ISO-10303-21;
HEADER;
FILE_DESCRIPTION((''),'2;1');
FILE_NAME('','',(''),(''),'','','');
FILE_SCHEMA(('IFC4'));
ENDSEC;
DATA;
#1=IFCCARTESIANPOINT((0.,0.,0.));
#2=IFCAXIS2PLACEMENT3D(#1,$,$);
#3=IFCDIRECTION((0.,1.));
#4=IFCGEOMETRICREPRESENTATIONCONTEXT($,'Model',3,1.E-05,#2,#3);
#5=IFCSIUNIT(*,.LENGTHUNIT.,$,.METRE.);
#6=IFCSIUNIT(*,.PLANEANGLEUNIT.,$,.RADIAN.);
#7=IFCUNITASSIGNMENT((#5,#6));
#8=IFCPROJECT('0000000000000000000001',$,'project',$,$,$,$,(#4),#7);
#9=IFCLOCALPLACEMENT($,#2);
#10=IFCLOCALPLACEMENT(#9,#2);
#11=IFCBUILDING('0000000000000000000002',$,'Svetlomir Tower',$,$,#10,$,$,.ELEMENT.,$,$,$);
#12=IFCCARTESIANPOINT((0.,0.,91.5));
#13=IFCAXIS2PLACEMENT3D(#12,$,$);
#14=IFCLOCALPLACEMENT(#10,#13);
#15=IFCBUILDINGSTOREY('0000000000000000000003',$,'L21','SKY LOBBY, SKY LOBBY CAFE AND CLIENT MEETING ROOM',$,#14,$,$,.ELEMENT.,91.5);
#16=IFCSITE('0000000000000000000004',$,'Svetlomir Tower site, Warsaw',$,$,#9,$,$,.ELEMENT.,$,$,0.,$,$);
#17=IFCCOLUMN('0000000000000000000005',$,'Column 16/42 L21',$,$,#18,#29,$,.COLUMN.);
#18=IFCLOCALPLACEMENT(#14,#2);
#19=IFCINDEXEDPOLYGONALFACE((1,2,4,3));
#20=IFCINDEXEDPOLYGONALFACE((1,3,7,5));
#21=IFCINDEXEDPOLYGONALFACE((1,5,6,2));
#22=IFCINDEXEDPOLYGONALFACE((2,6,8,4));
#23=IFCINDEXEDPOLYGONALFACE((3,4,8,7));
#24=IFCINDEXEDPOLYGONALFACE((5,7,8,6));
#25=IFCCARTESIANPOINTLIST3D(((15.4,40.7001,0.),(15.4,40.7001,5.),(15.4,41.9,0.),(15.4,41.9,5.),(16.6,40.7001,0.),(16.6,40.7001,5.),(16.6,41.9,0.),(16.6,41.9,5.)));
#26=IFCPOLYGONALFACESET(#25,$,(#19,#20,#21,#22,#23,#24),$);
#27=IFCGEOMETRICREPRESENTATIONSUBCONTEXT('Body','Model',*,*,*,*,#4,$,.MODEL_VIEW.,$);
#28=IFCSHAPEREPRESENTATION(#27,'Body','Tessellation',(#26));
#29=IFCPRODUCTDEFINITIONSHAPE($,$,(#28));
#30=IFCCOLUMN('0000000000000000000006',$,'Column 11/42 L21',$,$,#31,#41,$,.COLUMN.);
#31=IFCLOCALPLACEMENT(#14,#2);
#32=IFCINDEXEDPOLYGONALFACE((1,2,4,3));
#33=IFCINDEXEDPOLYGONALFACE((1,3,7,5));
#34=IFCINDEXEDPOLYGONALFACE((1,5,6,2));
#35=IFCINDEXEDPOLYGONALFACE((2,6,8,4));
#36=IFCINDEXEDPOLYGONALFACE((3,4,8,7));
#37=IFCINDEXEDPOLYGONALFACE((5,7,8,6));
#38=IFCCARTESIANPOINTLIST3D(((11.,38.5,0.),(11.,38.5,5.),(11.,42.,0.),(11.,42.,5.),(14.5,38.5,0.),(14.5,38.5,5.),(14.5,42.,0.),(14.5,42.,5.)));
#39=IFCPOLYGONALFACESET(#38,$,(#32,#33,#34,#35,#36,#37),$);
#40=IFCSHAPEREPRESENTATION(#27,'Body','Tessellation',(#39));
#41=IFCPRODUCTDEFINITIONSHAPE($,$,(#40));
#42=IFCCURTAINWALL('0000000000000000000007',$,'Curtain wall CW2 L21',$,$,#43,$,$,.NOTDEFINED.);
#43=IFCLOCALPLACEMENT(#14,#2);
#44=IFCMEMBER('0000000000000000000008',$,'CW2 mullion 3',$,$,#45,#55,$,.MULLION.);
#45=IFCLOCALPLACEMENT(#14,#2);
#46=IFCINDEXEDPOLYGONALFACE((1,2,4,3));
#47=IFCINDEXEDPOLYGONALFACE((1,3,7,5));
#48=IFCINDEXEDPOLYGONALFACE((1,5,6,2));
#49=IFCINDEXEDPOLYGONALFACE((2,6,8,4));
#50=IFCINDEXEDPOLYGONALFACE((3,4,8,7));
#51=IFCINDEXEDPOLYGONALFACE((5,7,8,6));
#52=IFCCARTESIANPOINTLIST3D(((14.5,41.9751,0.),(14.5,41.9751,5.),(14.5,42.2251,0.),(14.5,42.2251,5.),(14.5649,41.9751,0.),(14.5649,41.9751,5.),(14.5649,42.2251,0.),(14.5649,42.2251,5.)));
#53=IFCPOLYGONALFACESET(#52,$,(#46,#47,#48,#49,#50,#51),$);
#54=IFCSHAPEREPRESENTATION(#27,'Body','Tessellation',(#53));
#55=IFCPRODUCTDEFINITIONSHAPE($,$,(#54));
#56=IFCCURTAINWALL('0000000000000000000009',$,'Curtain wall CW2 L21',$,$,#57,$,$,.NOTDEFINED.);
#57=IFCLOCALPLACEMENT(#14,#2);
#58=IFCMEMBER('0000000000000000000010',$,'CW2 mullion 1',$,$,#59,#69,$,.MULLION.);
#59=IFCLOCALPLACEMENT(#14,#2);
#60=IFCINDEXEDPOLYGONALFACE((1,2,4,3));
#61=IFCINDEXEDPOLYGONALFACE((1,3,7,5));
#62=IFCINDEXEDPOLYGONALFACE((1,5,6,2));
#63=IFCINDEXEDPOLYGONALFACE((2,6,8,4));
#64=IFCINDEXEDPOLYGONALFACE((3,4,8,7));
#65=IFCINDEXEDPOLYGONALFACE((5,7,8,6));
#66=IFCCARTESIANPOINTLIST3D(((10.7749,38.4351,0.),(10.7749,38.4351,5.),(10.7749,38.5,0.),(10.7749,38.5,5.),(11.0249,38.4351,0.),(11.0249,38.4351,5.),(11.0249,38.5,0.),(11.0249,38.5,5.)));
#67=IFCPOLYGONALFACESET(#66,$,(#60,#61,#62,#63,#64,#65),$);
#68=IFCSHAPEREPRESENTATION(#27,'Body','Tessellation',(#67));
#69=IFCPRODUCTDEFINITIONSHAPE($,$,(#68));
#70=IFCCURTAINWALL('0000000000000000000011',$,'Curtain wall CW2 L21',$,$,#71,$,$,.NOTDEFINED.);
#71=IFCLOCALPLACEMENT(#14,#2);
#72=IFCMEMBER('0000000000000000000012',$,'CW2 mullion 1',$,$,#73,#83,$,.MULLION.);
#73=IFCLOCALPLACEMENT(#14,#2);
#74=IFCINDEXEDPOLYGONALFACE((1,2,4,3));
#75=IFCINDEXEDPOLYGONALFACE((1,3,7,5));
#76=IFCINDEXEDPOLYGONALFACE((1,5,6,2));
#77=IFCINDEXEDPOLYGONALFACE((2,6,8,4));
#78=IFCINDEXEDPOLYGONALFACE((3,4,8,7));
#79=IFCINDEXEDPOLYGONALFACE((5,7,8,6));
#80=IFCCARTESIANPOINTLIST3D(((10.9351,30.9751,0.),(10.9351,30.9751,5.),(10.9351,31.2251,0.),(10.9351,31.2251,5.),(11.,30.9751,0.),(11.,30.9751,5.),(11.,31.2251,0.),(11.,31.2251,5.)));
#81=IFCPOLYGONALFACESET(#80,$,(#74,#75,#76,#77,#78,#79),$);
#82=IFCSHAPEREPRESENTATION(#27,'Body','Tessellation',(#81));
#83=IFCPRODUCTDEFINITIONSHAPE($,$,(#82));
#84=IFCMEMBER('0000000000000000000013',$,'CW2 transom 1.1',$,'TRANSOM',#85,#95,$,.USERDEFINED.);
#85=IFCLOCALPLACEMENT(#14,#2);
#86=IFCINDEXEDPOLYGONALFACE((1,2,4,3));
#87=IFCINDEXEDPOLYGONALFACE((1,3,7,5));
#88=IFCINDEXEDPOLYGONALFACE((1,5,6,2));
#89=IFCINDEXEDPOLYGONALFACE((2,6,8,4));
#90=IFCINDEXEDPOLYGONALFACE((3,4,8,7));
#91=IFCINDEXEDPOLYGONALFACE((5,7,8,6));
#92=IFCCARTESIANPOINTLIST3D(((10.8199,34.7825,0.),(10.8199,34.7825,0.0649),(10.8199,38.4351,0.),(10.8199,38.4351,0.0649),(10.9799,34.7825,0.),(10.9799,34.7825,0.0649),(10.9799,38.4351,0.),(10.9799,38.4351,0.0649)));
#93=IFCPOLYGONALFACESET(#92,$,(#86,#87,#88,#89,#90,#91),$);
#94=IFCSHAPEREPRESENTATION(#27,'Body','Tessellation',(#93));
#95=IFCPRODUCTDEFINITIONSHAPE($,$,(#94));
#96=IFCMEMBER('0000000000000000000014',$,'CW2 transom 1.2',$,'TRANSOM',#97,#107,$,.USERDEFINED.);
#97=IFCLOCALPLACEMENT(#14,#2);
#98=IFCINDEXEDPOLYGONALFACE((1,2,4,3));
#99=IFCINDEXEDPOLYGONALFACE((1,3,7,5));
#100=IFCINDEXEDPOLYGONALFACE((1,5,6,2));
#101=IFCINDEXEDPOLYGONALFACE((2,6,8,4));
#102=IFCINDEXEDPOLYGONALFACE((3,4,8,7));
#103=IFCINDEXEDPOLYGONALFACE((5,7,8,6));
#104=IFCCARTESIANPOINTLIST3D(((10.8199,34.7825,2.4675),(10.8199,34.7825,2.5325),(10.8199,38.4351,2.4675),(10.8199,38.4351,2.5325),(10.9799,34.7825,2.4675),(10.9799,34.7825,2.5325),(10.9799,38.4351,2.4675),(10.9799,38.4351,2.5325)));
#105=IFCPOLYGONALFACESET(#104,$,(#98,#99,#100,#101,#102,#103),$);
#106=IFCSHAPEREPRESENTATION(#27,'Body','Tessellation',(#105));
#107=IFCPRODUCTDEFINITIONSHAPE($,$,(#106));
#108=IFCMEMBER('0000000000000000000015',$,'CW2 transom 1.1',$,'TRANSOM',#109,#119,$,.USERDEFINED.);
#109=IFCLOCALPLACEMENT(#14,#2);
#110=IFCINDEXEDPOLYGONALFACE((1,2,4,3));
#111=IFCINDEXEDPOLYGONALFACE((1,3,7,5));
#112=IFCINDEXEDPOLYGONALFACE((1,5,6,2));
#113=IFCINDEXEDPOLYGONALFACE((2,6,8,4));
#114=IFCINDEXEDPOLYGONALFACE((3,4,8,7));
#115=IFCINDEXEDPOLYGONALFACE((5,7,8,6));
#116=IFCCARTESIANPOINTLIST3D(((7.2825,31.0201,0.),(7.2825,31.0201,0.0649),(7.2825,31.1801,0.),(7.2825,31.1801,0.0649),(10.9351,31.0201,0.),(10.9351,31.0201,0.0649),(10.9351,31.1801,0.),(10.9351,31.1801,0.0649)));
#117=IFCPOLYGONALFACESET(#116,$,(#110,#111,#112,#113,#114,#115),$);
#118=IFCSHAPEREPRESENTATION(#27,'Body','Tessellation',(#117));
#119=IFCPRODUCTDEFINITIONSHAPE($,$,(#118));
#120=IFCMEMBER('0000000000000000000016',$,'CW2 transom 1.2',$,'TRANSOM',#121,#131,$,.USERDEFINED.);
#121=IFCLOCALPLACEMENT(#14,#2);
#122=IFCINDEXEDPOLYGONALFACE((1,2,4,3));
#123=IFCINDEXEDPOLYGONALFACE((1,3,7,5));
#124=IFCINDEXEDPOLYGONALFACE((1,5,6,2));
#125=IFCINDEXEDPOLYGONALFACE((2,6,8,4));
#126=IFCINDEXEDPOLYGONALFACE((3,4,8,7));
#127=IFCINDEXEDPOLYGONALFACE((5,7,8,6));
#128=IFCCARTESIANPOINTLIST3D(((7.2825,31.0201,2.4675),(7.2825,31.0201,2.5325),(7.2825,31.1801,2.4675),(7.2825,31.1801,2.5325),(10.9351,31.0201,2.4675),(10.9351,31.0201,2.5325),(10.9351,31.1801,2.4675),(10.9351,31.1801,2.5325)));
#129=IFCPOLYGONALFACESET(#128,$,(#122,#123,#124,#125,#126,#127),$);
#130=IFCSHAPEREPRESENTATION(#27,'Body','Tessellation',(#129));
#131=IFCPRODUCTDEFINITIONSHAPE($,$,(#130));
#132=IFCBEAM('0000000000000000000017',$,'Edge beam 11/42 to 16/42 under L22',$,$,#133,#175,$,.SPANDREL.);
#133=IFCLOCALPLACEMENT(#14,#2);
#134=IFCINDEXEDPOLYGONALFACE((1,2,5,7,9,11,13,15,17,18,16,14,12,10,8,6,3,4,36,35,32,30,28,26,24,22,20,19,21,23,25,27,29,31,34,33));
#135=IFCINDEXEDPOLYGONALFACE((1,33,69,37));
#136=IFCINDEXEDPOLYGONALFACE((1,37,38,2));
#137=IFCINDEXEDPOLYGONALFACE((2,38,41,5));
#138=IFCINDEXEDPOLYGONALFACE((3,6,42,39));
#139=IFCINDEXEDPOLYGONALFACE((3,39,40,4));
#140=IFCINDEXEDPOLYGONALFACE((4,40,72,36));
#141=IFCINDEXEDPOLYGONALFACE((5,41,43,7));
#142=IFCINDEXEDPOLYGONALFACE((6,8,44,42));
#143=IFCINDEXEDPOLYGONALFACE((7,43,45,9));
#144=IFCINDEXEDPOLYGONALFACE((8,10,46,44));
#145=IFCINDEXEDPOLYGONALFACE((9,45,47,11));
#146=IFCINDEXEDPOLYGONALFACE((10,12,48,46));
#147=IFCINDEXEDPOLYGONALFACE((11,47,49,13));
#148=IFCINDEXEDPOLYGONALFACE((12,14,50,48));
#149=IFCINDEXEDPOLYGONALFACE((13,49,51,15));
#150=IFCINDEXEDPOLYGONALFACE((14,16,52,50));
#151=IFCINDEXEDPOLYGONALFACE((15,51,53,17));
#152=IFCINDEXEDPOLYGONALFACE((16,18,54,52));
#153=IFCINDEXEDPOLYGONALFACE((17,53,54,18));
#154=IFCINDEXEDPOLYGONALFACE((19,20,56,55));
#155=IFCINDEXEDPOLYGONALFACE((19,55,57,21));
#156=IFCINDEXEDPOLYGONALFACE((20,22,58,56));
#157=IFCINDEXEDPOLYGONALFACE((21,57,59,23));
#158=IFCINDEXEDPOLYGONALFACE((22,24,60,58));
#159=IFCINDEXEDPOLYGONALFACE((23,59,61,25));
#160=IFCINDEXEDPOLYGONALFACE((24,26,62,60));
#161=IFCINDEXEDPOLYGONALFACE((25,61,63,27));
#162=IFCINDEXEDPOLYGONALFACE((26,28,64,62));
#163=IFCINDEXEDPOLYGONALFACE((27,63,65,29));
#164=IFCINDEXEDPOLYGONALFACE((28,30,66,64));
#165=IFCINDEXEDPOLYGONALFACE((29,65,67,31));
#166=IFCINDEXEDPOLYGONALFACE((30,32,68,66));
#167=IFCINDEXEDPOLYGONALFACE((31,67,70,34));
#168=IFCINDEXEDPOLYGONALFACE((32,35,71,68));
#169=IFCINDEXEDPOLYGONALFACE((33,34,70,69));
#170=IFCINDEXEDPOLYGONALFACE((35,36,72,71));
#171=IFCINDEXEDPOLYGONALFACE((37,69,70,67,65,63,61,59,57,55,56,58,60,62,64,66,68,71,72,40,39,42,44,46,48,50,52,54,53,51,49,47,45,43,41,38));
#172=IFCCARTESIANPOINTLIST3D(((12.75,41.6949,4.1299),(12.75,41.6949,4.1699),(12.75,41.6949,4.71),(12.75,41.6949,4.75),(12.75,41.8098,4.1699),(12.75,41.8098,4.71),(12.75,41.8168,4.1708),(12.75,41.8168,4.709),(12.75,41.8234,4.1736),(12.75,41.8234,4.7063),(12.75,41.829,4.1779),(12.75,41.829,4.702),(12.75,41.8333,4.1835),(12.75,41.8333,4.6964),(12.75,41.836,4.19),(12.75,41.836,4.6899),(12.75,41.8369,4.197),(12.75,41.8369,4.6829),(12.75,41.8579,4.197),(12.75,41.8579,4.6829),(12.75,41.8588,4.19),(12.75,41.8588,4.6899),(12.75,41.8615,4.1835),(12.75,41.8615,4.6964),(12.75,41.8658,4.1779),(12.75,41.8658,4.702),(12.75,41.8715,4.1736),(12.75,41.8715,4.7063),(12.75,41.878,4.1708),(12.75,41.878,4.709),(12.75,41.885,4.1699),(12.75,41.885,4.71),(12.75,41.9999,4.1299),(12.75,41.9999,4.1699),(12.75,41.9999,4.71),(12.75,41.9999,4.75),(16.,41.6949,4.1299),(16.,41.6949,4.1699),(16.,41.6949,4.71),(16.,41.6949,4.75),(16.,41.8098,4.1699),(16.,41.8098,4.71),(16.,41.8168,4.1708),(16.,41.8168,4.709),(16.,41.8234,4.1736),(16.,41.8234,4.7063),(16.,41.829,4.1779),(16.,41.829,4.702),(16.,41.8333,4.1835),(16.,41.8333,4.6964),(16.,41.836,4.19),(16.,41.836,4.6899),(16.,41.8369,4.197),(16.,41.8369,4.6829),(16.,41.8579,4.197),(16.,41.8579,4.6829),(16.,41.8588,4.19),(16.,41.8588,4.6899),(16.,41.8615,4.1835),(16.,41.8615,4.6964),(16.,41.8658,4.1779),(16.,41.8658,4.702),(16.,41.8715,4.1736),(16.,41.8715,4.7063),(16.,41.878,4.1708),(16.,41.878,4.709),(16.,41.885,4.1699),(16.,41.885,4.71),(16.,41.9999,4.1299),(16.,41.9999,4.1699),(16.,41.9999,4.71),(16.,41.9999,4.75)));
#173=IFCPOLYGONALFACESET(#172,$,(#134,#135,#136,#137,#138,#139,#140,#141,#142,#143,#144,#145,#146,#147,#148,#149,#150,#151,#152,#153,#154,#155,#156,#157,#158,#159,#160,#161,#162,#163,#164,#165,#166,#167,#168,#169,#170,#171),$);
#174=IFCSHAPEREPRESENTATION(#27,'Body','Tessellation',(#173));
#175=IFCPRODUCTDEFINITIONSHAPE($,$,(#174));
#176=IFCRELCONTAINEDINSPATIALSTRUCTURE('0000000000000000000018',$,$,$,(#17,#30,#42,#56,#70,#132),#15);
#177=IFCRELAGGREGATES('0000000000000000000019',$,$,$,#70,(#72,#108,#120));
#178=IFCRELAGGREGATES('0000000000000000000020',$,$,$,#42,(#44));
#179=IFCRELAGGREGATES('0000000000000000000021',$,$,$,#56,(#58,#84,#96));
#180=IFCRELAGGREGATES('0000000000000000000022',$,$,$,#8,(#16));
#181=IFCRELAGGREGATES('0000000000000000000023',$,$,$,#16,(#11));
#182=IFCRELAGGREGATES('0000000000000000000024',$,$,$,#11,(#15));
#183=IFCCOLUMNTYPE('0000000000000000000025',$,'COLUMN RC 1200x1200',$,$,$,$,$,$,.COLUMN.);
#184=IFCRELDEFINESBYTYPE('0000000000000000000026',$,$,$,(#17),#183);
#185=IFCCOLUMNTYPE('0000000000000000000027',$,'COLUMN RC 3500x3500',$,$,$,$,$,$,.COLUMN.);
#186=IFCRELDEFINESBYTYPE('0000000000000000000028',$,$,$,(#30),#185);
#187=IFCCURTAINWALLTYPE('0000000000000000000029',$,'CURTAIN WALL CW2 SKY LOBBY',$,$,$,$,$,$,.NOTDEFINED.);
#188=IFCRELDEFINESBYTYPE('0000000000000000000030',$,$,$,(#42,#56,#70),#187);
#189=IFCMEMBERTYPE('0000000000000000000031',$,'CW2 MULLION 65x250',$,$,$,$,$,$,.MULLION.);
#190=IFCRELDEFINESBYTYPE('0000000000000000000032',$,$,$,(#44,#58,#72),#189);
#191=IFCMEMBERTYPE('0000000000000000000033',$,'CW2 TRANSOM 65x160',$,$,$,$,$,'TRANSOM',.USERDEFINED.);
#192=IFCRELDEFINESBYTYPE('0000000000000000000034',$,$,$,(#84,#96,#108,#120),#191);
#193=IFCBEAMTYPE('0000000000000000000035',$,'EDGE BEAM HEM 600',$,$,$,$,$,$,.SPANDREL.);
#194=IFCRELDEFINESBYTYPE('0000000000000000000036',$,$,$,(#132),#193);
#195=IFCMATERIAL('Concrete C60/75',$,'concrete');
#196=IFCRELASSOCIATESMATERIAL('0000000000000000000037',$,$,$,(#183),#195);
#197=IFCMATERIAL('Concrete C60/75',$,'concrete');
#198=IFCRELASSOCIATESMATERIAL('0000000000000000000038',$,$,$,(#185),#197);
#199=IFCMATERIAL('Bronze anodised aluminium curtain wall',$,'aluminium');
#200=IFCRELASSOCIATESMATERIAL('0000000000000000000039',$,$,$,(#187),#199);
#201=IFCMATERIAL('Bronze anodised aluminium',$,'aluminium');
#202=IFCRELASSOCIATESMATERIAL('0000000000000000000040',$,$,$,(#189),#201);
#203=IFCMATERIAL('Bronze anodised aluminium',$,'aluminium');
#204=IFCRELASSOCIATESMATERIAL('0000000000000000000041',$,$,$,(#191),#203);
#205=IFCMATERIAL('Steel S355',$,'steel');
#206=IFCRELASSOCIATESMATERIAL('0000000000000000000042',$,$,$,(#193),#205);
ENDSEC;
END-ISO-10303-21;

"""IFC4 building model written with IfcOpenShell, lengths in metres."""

from ifc_helpers import new_model, si_unit, direction, frame, origin, origin_2d, place, context, subcontext, project, spatial, rectangle, i_section, extrude, material, material_profile, profile_set, type_object, element, aggregate, save


model = new_model("IFC4")

# Units and contexts
model_context = context("Model", 3, precision=1e-05, world=origin(), true_north=direction((0.0, 1.0)))
body_context = subcontext(model_context, "Body", "Model", "MODEL_VIEW")
ifc_project = project(units=[si_unit("LENGTHUNIT", "METRE"), si_unit("PLANEANGLEUNIT", "RADIAN")], contexts=[model_context])

# Site, building, storey
site_placement = place(None, origin())
site = spatial("IfcSite", under=ifc_project, at=site_placement, Name="Svetlomir Tower site, Warsaw", CompositionType="ELEMENT", RefElevation=0.0)
building_placement = place(site_placement, origin())
building = spatial("IfcBuilding", under=site, at=building_placement, Name="Svetlomir Tower", CompositionType="ELEMENT")
storey_placement = place(building_placement, frame((0.0, 0.0, 91.5)))
storey = spatial("IfcBuildingStorey", under=building, at=storey_placement, Name="L21", Description="SKY LOBBY, SKY LOBBY CAFE AND CLIENT MEETING ROOM", CompositionType="ELEMENT", Elevation=91.5)

# Columns
ifc_material_1 = material(Name="Concrete C60/75", Category="concrete")
ifc_material_profile_1 = material_profile(ifc_material_1, rectangle(XDim=1.2, YDim=1.2, at=origin_2d()), Name="RC 1200x1200")
ifc_profile_set_1 = profile_set([ifc_material_profile_1], Name="Concrete C60/75")
column_type_1 = type_object("IfcColumnType", Name="COLUMN RC 1200x1200", PredefinedType="COLUMN", material=ifc_profile_set_1)
column_1_placement = place(storey_placement, frame((16.0, 41.3, 0.0), z_axis=(0.0, 0.0, 1.0), x_axis=(1.0, 0.0, 0.0)))
element("IfcColumn", 1, at=column_1_placement, inside=storey, type_object=column_type_1, Name="Column 16/42 L21", PredefinedType="COLUMN", context=body_context, shape_type="SweptSolid", body=[
    extrude(rectangle(XDim=1.2, YDim=1.2, at=origin_2d()), origin(), (0.0, 0.0, 1.0), 5.0),
])
ifc_material_2 = material(Name="Concrete C60/75", Category="concrete")
ifc_material_profile_2 = material_profile(ifc_material_2, rectangle(XDim=3.5, YDim=3.5, at=origin_2d()), Name="RC 3500x3500")
ifc_profile_set_2 = profile_set([ifc_material_profile_2], Name="Concrete C60/75")
column_type_2 = type_object("IfcColumnType", Name="COLUMN RC 3500x3500", PredefinedType="COLUMN", material=ifc_profile_set_2)
column_2_placement = place(storey_placement, frame((12.75, 40.25, 0.0), z_axis=(0.0, 0.0, 1.0), x_axis=(1.0, 0.0, 0.0)))
element("IfcColumn", 2, at=column_2_placement, inside=storey, type_object=column_type_2, Name="Column 11/42 L21", PredefinedType="COLUMN", context=body_context, shape_type="SweptSolid", body=[
    extrude(rectangle(XDim=3.5, YDim=3.5, at=origin_2d()), origin(), (0.0, 0.0, 1.0), 5.0),
])

# Curtain walls, members
ifc_material_3 = material(Name="Bronze anodised aluminium curtain wall", Category="aluminium")
curtain_wall_type = type_object("IfcCurtainWallType", Name="CURTAIN WALL CW2 SKY LOBBY", PredefinedType="NOTDEFINED", material=ifc_material_3)
curtain_wall_1_placement = place(storey_placement, origin())
curtain_wall_1 = element("IfcCurtainWall", 3, at=curtain_wall_1_placement, inside=storey, type_object=curtain_wall_type, Name="Curtain wall CW2 L21", PredefinedType="NOTDEFINED")
ifc_material_4 = material(Name="Bronze anodised aluminium", Category="aluminium")
ifc_material_profile_3 = material_profile(ifc_material_4, rectangle(XDim=0.0649, YDim=0.25, at=origin_2d()), Name="AL 65x250")
ifc_profile_set_3 = profile_set([ifc_material_profile_3], Name="Bronze anodised aluminium 6063-T6")
member_type_1 = type_object("IfcMemberType", Name="CW2 MULLION 65x250", PredefinedType="MULLION", material=ifc_profile_set_3)
member_1_placement = place(storey_placement, frame((14.5325, 42.1001, 0.0), z_axis=(0.0, 0.0, 1.0), x_axis=(-1.0, 0.0, 0.0)))
member_1 = element("IfcMember", 4, at=member_1_placement, type_object=member_type_1, Name="CW2 mullion 3", PredefinedType="MULLION", context=body_context, shape_type="SweptSolid", body=[
    extrude(rectangle(XDim=0.0649, YDim=0.25, at=origin_2d()), origin(), (0.0, 0.0, 1.0), 5.0),
])
curtain_wall_2_placement = place(storey_placement, origin())
curtain_wall_2 = element("IfcCurtainWall", 5, at=curtain_wall_2_placement, inside=storey, type_object=curtain_wall_type, Name="Curtain wall CW2 L21", PredefinedType="NOTDEFINED")
member_2_placement = place(storey_placement, frame((10.8999, 38.4675, 0.0), z_axis=(0.0, 0.0, 1.0), x_axis=(0.0, -1.0, 0.0)))
member_2 = element("IfcMember", 6, at=member_2_placement, type_object=member_type_1, Name="CW2 mullion 1", PredefinedType="MULLION", context=body_context, shape_type="SweptSolid", body=[
    extrude(rectangle(XDim=0.0649, YDim=0.25, at=origin_2d()), origin(), (0.0, 0.0, 1.0), 5.0),
])
curtain_wall_3_placement = place(storey_placement, origin())
curtain_wall_3 = element("IfcCurtainWall", 7, at=curtain_wall_3_placement, inside=storey, type_object=curtain_wall_type, Name="Curtain wall CW2 L21", PredefinedType="NOTDEFINED")
member_3_placement = place(storey_placement, frame((10.9675, 31.1001, 0.0), z_axis=(0.0, 0.0, 1.0), x_axis=(-1.0, 0.0, 0.0)))
member_3 = element("IfcMember", 8, at=member_3_placement, type_object=member_type_1, Name="CW2 mullion 1", PredefinedType="MULLION", context=body_context, shape_type="SweptSolid", body=[
    extrude(rectangle(XDim=0.0649, YDim=0.25, at=origin_2d()), origin(), (0.0, 0.0, 1.0), 5.0),
])

# Members
ifc_material_5 = material(Name="Bronze anodised aluminium", Category="aluminium")
ifc_material_profile_4 = material_profile(ifc_material_5, rectangle(XDim=0.1599, YDim=0.0649, at=origin_2d()), Name="AL 160x65")
ifc_profile_set_4 = profile_set([ifc_material_profile_4], Name="Bronze anodised aluminium 6063-T6")
member_type_2 = type_object("IfcMemberType", Name="CW2 TRANSOM 65x160", ElementType="TRANSOM", PredefinedType="USERDEFINED", material=ifc_profile_set_4)
member_4_placement = place(storey_placement, frame((10.8999, 38.4351, 0.0325), z_axis=(0.0, -1.0, 0.0), x_axis=(1.0, 0.0, 0.0)))
member_4 = element("IfcMember", 9, at=member_4_placement, type_object=member_type_2, Name="CW2 transom 1.1", ObjectType="TRANSOM", PredefinedType="USERDEFINED", context=body_context, shape_type="SweptSolid", body=[
    extrude(rectangle(XDim=0.1599, YDim=0.0649, at=origin_2d()), origin(), (0.0, 0.0, 1.0), 3.6526),
])
member_5_placement = place(storey_placement, frame((10.8999, 38.4351, 2.5), z_axis=(0.0, -1.0, 0.0), x_axis=(1.0, 0.0, 0.0)))
member_5 = element("IfcMember", 10, at=member_5_placement, type_object=member_type_2, Name="CW2 transom 1.2", ObjectType="TRANSOM", PredefinedType="USERDEFINED", context=body_context, shape_type="SweptSolid", body=[
    extrude(rectangle(XDim=0.1599, YDim=0.0649, at=origin_2d()), origin(), (0.0, 0.0, 1.0), 3.6526),
])
member_6_placement = place(storey_placement, frame((10.9351, 31.1001, 0.0325), z_axis=(-1.0, 0.0, 0.0), x_axis=(0.0, -1.0, 0.0)))
member_6 = element("IfcMember", 11, at=member_6_placement, type_object=member_type_2, Name="CW2 transom 1.1", ObjectType="TRANSOM", PredefinedType="USERDEFINED", context=body_context, shape_type="SweptSolid", body=[
    extrude(rectangle(XDim=0.1599, YDim=0.0649, at=origin_2d()), origin(), (0.0, 0.0, 1.0), 3.6526),
])
member_7_placement = place(storey_placement, frame((10.9351, 31.1001, 2.5), z_axis=(-1.0, 0.0, 0.0), x_axis=(0.0, -1.0, 0.0)))
member_7 = element("IfcMember", 12, at=member_7_placement, type_object=member_type_2, Name="CW2 transom 1.2", ObjectType="TRANSOM", PredefinedType="USERDEFINED", context=body_context, shape_type="SweptSolid", body=[
    extrude(rectangle(XDim=0.1599, YDim=0.0649, at=origin_2d()), origin(), (0.0, 0.0, 1.0), 3.6526),
])
aggregate(curtain_wall_3, [member_3, member_6, member_7])

# Beam
ifc_material_6 = material(Name="Steel S355", Category="steel")
ifc_material_profile_5 = material_profile(ifc_material_6, i_section(OverallWidth=0.3049, OverallDepth=0.6201, WebThickness=0.021, FlangeThickness=0.04, FilletRadius=0.0271, at=origin_2d()), Name="HEM 600")
ifc_profile_set_5 = profile_set([ifc_material_profile_5], Name="Steel S355")
beam_type = type_object("IfcBeamType", Name="EDGE BEAM HEM 600", PredefinedType="SPANDREL", material=ifc_profile_set_5)
beam_1_placement = place(storey_placement, frame((12.75, 41.8474, 4.4399), z_axis=(1.0, 0.0, 0.0), x_axis=(0.0, 1.0, 0.0)))
element("IfcBeam", 13, at=beam_1_placement, inside=storey, type_object=beam_type, Name="Edge beam 11/42 to 16/42 under L22", PredefinedType="SPANDREL", context=body_context, shape_type="SweptSolid", body=[
    extrude(i_section(OverallWidth=0.3049, OverallDepth=0.6201, WebThickness=0.021, FlangeThickness=0.04, FilletRadius=0.0271, at=origin_2d()), origin(), (0.0, 0.0, 1.0), 3.25),
])

aggregate(curtain_wall_1, [member_1])
aggregate(curtain_wall_2, [member_2, member_4, member_5])

save(model, "model.ifc")
